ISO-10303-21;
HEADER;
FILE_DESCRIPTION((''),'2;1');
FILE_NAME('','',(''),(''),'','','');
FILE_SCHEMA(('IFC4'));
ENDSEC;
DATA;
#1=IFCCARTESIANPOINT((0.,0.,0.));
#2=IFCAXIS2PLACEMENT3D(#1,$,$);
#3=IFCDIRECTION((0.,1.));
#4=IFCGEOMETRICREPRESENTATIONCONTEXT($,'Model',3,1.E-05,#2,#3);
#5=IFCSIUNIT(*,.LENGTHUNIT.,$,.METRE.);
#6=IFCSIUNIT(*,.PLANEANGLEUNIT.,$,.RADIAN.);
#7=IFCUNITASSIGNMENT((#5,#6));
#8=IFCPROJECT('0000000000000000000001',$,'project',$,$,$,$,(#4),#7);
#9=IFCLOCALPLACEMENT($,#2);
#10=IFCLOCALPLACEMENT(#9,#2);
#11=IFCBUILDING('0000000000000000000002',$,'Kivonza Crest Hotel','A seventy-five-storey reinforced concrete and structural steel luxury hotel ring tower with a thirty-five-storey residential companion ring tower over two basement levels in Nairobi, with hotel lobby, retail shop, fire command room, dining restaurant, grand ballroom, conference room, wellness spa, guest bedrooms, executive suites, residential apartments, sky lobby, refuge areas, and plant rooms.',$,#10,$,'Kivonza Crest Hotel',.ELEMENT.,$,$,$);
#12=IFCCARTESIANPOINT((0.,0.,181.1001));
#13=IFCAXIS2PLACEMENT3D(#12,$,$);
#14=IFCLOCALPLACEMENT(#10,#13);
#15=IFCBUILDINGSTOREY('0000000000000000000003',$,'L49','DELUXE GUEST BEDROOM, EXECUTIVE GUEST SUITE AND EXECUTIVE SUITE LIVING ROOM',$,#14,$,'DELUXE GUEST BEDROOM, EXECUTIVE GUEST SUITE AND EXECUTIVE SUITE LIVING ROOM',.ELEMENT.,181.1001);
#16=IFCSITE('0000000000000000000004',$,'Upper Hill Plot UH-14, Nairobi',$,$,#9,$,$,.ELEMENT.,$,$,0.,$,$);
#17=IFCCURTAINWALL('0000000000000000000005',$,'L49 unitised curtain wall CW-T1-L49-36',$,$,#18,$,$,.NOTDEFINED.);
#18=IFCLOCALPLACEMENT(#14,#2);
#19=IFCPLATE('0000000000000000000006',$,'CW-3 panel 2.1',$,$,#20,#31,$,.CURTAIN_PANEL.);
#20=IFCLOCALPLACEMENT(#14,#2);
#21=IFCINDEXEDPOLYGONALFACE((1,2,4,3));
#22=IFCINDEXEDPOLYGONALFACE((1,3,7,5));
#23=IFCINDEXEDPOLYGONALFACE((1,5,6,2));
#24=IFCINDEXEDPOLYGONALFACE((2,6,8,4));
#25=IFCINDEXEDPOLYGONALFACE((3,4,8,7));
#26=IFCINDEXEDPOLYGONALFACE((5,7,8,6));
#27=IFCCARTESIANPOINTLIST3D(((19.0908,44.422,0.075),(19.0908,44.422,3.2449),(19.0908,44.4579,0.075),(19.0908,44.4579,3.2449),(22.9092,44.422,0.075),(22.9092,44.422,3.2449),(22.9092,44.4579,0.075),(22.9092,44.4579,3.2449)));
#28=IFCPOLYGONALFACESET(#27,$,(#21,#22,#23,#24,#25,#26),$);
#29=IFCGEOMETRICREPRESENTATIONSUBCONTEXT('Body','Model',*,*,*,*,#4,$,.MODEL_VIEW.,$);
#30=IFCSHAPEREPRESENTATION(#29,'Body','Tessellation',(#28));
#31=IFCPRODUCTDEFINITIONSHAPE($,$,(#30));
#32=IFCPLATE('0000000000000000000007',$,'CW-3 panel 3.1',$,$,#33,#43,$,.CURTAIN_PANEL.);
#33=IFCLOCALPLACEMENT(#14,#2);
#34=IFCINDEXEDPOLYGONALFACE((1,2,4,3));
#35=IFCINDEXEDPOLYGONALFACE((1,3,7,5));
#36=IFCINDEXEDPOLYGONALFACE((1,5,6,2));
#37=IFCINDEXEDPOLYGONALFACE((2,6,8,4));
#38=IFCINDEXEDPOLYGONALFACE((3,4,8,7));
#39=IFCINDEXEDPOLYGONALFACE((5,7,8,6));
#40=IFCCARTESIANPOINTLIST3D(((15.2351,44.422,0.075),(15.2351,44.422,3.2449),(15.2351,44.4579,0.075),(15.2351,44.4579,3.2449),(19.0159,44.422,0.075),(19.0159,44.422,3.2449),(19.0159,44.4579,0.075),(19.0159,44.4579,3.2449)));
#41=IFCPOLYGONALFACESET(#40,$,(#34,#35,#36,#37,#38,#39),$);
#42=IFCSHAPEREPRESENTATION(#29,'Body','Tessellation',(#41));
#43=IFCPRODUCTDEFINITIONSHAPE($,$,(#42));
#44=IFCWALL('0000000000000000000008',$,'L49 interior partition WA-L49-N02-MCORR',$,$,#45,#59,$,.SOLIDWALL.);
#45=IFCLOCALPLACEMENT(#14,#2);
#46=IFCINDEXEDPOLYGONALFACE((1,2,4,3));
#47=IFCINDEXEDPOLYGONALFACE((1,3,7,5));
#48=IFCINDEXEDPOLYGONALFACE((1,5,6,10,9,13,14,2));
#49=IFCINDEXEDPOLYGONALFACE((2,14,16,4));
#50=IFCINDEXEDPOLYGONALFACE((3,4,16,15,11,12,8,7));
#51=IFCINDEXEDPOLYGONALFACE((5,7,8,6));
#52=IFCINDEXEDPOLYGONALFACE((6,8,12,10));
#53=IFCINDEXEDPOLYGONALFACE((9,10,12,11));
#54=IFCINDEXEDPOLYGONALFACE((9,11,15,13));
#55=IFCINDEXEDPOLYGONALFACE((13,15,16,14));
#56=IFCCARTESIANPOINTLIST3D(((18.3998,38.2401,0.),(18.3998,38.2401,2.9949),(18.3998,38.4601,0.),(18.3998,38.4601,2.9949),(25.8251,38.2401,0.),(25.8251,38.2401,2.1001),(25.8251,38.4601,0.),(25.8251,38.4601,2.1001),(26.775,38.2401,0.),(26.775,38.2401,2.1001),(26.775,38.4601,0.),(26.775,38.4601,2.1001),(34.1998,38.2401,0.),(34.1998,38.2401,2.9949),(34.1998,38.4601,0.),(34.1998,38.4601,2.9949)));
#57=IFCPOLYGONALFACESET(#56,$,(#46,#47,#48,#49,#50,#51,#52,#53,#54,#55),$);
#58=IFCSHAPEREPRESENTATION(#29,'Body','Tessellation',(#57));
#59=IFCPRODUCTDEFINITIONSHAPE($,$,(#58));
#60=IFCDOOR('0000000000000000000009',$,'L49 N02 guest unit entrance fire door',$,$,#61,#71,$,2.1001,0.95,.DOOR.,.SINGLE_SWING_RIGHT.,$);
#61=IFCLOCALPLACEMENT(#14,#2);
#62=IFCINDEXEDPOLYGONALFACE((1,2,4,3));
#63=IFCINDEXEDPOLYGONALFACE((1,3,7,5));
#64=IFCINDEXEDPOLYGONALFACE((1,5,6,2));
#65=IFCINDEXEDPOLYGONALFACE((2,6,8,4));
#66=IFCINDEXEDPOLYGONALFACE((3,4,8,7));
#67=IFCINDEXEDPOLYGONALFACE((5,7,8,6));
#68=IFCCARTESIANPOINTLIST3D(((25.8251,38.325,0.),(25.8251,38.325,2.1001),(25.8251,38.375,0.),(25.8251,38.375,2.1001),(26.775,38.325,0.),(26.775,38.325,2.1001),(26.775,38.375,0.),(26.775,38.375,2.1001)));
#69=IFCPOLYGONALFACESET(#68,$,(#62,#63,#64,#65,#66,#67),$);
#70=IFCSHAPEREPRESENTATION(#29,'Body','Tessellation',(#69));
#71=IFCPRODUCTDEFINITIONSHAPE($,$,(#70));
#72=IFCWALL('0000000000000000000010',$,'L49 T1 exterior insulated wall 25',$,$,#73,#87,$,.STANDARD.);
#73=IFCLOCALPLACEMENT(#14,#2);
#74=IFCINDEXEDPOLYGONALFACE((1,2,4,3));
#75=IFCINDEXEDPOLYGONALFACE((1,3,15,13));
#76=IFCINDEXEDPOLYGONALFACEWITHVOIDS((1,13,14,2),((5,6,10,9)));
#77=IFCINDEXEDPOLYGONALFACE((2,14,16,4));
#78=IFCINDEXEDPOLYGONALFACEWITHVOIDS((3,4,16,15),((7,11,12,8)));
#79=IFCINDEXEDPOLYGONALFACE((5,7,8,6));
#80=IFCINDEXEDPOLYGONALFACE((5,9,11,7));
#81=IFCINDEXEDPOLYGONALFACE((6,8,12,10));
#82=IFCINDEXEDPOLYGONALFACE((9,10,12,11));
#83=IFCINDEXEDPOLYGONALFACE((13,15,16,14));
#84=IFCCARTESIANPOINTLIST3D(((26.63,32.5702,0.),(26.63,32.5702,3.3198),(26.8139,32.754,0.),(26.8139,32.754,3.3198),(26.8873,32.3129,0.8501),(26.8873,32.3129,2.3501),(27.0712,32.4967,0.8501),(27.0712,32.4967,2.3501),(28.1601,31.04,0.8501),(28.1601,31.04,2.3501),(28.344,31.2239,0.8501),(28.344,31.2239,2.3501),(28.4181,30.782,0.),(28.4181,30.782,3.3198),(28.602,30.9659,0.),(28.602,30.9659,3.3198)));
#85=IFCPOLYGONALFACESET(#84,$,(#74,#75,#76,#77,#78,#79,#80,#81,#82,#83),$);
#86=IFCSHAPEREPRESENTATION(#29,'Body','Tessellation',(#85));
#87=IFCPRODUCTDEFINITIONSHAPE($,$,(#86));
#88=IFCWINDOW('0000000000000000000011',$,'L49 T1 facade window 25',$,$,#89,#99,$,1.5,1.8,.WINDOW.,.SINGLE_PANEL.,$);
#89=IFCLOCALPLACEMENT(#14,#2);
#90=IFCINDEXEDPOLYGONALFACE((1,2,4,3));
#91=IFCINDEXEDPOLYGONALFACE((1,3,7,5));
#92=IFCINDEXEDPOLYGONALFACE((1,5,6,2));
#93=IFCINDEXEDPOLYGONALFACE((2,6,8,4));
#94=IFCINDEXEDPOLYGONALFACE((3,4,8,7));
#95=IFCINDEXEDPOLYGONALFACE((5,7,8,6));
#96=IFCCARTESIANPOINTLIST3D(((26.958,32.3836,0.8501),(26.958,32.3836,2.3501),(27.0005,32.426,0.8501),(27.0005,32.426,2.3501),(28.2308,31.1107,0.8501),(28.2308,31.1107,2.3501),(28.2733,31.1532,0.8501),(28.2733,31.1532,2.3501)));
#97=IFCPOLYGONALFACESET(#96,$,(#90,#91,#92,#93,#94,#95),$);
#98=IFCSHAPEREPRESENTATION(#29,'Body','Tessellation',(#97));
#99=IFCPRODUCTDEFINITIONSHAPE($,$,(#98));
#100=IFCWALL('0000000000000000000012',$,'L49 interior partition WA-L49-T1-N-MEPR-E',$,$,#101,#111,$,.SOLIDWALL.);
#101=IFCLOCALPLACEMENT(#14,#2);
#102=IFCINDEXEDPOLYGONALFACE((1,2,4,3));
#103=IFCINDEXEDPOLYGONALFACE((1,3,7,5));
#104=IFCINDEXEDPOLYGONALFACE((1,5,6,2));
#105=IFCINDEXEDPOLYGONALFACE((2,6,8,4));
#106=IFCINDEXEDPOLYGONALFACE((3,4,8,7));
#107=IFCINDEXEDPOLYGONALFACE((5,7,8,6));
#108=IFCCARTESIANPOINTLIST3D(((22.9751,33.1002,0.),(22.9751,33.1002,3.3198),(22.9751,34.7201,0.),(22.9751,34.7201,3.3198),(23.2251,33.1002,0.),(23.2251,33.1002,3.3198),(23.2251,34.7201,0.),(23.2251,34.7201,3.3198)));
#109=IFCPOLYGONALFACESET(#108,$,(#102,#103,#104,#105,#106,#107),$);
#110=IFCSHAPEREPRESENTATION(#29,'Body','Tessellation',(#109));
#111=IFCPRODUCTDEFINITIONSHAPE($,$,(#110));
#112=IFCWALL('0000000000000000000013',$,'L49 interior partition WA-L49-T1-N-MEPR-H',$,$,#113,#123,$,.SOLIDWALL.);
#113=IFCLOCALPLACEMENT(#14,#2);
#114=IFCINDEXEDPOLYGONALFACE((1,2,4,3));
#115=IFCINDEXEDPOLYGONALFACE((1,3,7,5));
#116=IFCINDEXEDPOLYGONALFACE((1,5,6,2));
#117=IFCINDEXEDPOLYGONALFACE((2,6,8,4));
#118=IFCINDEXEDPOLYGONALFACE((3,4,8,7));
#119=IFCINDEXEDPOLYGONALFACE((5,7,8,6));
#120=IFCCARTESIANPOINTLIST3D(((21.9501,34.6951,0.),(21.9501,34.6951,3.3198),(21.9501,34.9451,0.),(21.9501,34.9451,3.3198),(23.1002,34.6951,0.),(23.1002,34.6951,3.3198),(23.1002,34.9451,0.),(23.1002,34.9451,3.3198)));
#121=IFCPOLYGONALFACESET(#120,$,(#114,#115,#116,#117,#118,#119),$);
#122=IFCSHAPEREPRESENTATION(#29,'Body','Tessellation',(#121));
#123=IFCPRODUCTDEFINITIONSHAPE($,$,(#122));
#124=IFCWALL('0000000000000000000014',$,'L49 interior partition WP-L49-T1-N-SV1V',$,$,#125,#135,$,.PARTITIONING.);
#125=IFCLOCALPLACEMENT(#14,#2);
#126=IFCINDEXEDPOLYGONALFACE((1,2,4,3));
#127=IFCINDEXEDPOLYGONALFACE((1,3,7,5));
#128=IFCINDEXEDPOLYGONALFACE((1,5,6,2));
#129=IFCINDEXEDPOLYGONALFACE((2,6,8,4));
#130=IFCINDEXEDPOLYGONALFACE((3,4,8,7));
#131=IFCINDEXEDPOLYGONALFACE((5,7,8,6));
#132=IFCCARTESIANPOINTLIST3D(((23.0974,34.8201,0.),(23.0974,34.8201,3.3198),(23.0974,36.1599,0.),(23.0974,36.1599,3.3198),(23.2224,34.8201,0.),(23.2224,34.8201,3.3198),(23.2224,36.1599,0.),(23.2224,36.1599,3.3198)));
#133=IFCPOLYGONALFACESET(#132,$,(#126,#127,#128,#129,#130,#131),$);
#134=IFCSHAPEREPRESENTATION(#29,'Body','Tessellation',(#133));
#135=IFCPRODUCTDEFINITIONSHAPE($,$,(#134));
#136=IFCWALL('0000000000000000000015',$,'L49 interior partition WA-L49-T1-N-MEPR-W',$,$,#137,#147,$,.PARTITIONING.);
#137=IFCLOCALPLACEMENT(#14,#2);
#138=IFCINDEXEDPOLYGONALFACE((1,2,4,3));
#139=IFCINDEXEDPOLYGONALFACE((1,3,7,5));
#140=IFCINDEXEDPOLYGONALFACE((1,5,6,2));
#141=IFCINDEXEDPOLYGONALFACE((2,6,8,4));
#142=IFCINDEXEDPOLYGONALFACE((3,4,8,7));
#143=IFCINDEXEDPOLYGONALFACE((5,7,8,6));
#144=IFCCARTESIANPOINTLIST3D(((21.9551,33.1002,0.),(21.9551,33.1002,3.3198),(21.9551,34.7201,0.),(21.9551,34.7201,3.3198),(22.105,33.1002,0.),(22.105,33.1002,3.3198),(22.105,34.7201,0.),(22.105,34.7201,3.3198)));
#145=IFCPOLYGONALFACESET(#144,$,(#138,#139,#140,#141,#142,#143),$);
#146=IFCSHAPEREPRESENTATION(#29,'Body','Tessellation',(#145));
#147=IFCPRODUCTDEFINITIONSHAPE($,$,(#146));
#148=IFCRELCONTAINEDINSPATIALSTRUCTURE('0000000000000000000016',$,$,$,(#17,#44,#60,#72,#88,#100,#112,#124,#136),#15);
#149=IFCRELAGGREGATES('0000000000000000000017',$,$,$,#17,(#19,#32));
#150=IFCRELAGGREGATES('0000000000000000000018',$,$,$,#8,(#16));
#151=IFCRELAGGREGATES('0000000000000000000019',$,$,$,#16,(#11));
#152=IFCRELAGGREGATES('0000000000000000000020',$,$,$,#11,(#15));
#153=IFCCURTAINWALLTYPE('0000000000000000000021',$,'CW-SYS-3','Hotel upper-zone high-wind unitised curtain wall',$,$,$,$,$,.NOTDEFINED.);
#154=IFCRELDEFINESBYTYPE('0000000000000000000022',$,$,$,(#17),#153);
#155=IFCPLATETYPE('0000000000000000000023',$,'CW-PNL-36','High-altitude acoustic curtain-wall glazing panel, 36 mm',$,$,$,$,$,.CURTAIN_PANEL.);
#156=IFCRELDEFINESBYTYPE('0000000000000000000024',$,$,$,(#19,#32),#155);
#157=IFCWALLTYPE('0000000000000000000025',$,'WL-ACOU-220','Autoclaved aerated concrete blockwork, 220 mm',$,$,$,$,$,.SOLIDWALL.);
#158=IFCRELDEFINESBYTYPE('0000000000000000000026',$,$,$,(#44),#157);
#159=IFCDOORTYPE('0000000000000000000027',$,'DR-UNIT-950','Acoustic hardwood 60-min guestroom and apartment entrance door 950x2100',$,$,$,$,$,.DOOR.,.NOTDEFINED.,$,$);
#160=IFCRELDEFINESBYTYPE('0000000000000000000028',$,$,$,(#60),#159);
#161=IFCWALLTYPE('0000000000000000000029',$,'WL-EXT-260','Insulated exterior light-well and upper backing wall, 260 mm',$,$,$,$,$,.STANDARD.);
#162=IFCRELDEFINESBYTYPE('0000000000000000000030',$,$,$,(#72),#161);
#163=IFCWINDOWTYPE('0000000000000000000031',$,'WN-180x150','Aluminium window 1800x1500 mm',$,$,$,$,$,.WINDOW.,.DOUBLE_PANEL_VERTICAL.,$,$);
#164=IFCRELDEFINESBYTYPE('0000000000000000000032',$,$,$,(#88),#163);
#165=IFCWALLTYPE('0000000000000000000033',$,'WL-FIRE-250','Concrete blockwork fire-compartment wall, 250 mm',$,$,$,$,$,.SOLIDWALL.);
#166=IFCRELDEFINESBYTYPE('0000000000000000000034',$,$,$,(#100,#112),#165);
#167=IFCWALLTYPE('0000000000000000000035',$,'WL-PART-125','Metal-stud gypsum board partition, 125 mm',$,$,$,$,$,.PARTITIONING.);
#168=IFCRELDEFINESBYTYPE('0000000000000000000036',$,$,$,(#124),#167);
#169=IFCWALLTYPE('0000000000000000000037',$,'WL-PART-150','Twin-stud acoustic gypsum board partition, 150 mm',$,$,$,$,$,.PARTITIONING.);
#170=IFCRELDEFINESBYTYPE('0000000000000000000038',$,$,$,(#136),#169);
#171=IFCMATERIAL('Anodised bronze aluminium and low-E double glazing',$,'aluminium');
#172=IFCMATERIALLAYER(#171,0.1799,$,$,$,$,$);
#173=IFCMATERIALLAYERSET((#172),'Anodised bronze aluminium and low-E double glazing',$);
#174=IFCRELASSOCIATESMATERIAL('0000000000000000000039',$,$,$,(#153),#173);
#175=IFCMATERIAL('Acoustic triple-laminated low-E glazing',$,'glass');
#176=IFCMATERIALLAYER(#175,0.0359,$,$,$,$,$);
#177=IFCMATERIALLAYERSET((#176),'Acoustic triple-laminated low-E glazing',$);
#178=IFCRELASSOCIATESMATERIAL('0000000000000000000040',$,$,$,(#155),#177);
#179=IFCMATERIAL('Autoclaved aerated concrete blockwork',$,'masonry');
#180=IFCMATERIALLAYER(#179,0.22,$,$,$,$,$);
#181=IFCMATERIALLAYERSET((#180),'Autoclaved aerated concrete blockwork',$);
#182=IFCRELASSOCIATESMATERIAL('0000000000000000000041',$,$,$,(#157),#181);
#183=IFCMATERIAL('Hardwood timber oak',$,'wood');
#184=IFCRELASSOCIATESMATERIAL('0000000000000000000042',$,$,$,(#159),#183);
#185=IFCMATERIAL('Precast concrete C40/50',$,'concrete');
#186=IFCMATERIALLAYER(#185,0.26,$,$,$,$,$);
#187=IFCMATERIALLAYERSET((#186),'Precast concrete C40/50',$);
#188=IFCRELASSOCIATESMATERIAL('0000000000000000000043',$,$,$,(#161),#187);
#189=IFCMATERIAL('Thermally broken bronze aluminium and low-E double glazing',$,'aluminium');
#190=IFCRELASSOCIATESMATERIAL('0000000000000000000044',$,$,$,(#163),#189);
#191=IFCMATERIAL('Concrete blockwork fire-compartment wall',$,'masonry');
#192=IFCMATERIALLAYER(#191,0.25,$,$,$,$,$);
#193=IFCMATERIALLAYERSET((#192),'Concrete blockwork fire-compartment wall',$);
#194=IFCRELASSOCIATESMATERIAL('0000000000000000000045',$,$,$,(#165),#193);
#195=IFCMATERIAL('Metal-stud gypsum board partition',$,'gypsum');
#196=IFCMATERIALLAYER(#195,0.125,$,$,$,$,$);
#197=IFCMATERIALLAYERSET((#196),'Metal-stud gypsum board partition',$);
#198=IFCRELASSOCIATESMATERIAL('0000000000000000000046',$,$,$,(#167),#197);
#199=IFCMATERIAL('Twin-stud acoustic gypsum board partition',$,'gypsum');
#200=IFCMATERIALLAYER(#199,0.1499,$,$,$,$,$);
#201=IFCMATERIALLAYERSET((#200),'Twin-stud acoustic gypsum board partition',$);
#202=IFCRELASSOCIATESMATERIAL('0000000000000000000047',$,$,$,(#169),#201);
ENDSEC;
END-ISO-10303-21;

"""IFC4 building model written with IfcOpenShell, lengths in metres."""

from ifc_helpers import new_model, si_unit, direction, frame, frame_2d, origin, origin_2d, place, context, subcontext, project, spatial, rectangle, extrude, material, layer, layer_set, type_object, element, fill, aggregate, save


model = new_model("IFC4")

# Units and contexts
model_context = context("Model", 3, precision=1e-05, world=origin(), true_north=direction((0.0, 1.0)))
body_context = subcontext(model_context, "Body", "Model", "MODEL_VIEW")
ifc_project = project(units=[si_unit("LENGTHUNIT", "METRE"), si_unit("PLANEANGLEUNIT", "RADIAN")], contexts=[model_context])

# Site, building, storey
site_placement = place(None, origin())
site = spatial("IfcSite", under=ifc_project, at=site_placement, Name="Upper Hill Plot UH-14, Nairobi", CompositionType="ELEMENT", RefElevation=0.0)
building_placement = place(site_placement, origin())
building = spatial("IfcBuilding", under=site, at=building_placement, Name="Kivonza Crest Hotel", Description="A seventy-five-storey reinforced concrete and structural steel luxury hotel ring tower with a thirty-five-storey residential companion ring tower over two basement levels in Nairobi, with hotel lobby, retail shop, fire command room, dining restaurant, grand ballroom, conference room, wellness spa, guest bedrooms, executive suites, residential apartments, sky lobby, refuge areas, and plant rooms.", LongName="Kivonza Crest Hotel", CompositionType="ELEMENT")
storey_placement = place(building_placement, frame((0.0, 0.0, 181.1001)))
storey = spatial("IfcBuildingStorey", under=building, at=storey_placement, Name="L49", Description="DELUXE GUEST BEDROOM, EXECUTIVE GUEST SUITE AND EXECUTIVE SUITE LIVING ROOM", LongName="DELUXE GUEST BEDROOM, EXECUTIVE GUEST SUITE AND EXECUTIVE SUITE LIVING ROOM", CompositionType="ELEMENT", Elevation=181.1001)

# Curtain wall, plates
ifc_material_1 = material(Name="Anodised bronze aluminium and low-E double glazing", Category="aluminium")
ifc_layer_1 = layer(ifc_material_1, 0.1799)
ifc_layer_set_1 = layer_set([ifc_layer_1], Name="Anodised bronze aluminium and low-E double glazing")
curtain_wall_type = type_object("IfcCurtainWallType", Name="CW-SYS-3", Description="Hotel upper-zone high-wind unitised curtain wall", PredefinedType="NOTDEFINED", material=ifc_layer_set_1)
curtain_wall_placement = place(storey_placement, origin())
curtain_wall = element("IfcCurtainWall", 1, at=curtain_wall_placement, inside=storey, type_object=curtain_wall_type, Name="L49 unitised curtain wall CW-T1-L49-36", PredefinedType="NOTDEFINED")
ifc_material_2 = material(Name="Acoustic triple-laminated low-E glazing", Category="glass")
ifc_layer_2 = layer(ifc_material_2, 0.0359)
ifc_layer_set_2 = layer_set([ifc_layer_2], Name="Acoustic triple-laminated low-E glazing")
plate_type = type_object("IfcPlateType", Name="CW-PNL-36", Description="High-altitude acoustic curtain-wall glazing panel, 36 mm", PredefinedType="CURTAIN_PANEL", material=ifc_layer_set_2)
plate_1_placement = place(storey_placement, frame((21.0, 44.4399, 0.075), z_axis=(0.0, 0.0, 1.0), x_axis=(-1.0, 0.0, 0.0)))
plate_1 = element("IfcPlate", 2, at=plate_1_placement, type_object=plate_type, Name="CW-3 panel 2.1", PredefinedType="CURTAIN_PANEL", context=body_context, shape_type="SweptSolid", body=[
    extrude(rectangle(XDim=3.8184, YDim=0.0359, at=origin_2d()), origin(), (0.0, 0.0, 1.0), 3.1699),
])
plate_2_placement = place(storey_placement, frame((17.1255, 44.4399, 0.075), z_axis=(0.0, 0.0, 1.0), x_axis=(-1.0, 0.0, 0.0)))
plate_2 = element("IfcPlate", 3, at=plate_2_placement, type_object=plate_type, Name="CW-3 panel 3.1", PredefinedType="CURTAIN_PANEL", context=body_context, shape_type="SweptSolid", body=[
    extrude(rectangle(XDim=3.7808, YDim=0.0359, at=origin_2d()), origin(), (0.0, 0.0, 1.0), 3.1699),
])
aggregate(curtain_wall, [plate_1, plate_2])

# Wall, opening, door
ifc_material_3 = material(Name="Autoclaved aerated concrete blockwork", Category="masonry")
ifc_layer_3 = layer(ifc_material_3, 0.22)
ifc_layer_set_3 = layer_set([ifc_layer_3], Name="Autoclaved aerated concrete blockwork")
wall_type_1 = type_object("IfcWallType", Name="WL-ACOU-220", Description="Autoclaved aerated concrete blockwork, 220 mm", PredefinedType="SOLIDWALL", material=ifc_layer_set_3)
wall_1_placement = place(storey_placement, frame((18.3999, 38.3501, 0.0), z_axis=(0.0, 0.0, 1.0), x_axis=(1.0, 0.0, 0.0)))
wall_1 = element("IfcWall", 4, at=wall_1_placement, inside=storey, type_object=wall_type_1, Name="L49 interior partition WA-L49-N02-MCORR", PredefinedType="SOLIDWALL", context=body_context, shape_type="SweptSolid", body=[
    extrude(rectangle(XDim=15.8, YDim=0.22, at=frame_2d((7.8999, 0.0))), origin(), (0.0, 0.0, 1.0), 2.9949),
])
opening_1_placement = place(wall_1_placement, frame((7.425, 0.0, 0.0)))
opening_1 = element("IfcOpeningElement", 5, at=opening_1_placement, cuts=wall_1, PredefinedType="OPENING", context=body_context, shape_type="SweptSolid", body=[
    extrude(rectangle(XDim=0.95, YDim=2.1001, at=frame_2d((0.4751, 1.05))), frame((0.0, 0.1201, 0.0), z_axis=(0.0, -1.0, 0.0), x_axis=(1.0, 0.0, 0.0)), (0.0, 0.0, 1.0), 0.24),
])
ifc_material_4 = material(Name="Hardwood timber oak", Category="wood")
door_type_1 = type_object("IfcDoorType", Name="DR-UNIT-950", Description="Acoustic hardwood 60-min guestroom and apartment entrance door 950x2100", OperationType="NOTDEFINED", PredefinedType="DOOR", material=ifc_material_4)
door_1_placement = place(opening_1_placement, origin())
door_1 = element("IfcDoor", 6, at=door_1_placement, inside=storey, type_object=door_type_1, Name="L49 N02 guest unit entrance fire door", OperationType="SINGLE_SWING_RIGHT", OverallHeight=2.1001, OverallWidth=0.95, PredefinedType="DOOR", context=body_context, shape_type="SweptSolid", body=[
    extrude(rectangle(XDim=0.95, YDim=2.1001, at=frame_2d((0.4751, 1.05))), frame((0.0, 0.0249, 0.0), z_axis=(0.0, -1.0, 0.0), x_axis=(1.0, 0.0, 0.0)), (0.0, 0.0, 1.0), 0.05),
])
fill(opening_1, door_1)

# Wall, opening, window
ifc_material_5 = material(Name="Precast concrete C40/50", Category="concrete")
ifc_layer_4 = layer(ifc_material_5, 0.26)
ifc_layer_set_4 = layer_set([ifc_layer_4], Name="Precast concrete C40/50")
wall_type_2 = type_object("IfcWallType", Name="WL-EXT-260", Description="Insulated exterior light-well and upper backing wall, 260 mm", PredefinedType="STANDARD", material=ifc_layer_set_4)
wall_2_placement = place(storey_placement, frame((26.7219, 32.6621, 0.0), z_axis=(0.0, 0.0, 1.0), x_axis=(0.707107, -0.707107, 0.0)))
wall_2 = element("IfcWall", 7, at=wall_2_placement, inside=storey, type_object=wall_type_2, Name="L49 T1 exterior insulated wall 25", PredefinedType="STANDARD", context=body_context, shape_type="SweptSolid", body=[
    extrude(rectangle(XDim=2.5288, YDim=0.26, at=frame_2d((1.2644, 0.0))), origin(), (0.0, 0.0, 1.0), 3.3198),
])
opening_2_placement = place(wall_2_placement, frame((0.364, 0.0, 0.8501)))
opening_2 = element("IfcOpeningElement", 8, at=opening_2_placement, cuts=wall_2, PredefinedType="OPENING", context=body_context, shape_type="SweptSolid", body=[
    extrude(rectangle(XDim=1.8, YDim=1.5, at=frame_2d((0.8999, 0.75))), frame((0.0, 0.1401, 0.0), z_axis=(0.0, -1.0, 0.0), x_axis=(1.0, 0.0, 0.0)), (0.0, 0.0, 1.0), 0.28),
])
ifc_material_6 = material(Name="Thermally broken bronze aluminium and low-E double glazing", Category="aluminium")
window_type = type_object("IfcWindowType", Name="WN-180x150", Description="Aluminium window 1800x1500 mm", PartitioningType="DOUBLE_PANEL_VERTICAL", PredefinedType="WINDOW", material=ifc_material_6)
window_placement = place(opening_2_placement, origin())
window = element("IfcWindow", 9, at=window_placement, inside=storey, type_object=window_type, Name="L49 T1 facade window 25", OverallHeight=1.5, OverallWidth=1.8, PartitioningType="SINGLE_PANEL", PredefinedType="WINDOW", context=body_context, shape_type="SweptSolid", body=[
    extrude(rectangle(XDim=1.8, YDim=1.5, at=frame_2d((0.8999, 0.75))), frame((0.0, 0.03, 0.0), z_axis=(0.0, -1.0, 0.0), x_axis=(1.0, 0.0, 0.0)), (0.0, 0.0, 1.0), 0.0601),
])
fill(opening_2, window)

# Walls
ifc_material_7 = material(Name="Concrete blockwork fire-compartment wall", Category="masonry")
ifc_layer_5 = layer(ifc_material_7, 0.25)
ifc_layer_set_5 = layer_set([ifc_layer_5], Name="Concrete blockwork fire-compartment wall")
wall_type_3 = type_object("IfcWallType", Name="WL-FIRE-250", Description="Concrete blockwork fire-compartment wall, 250 mm", PredefinedType="SOLIDWALL", material=ifc_layer_set_5)
wall_3_placement = place(storey_placement, frame((23.1001, 33.1001, 0.0), z_axis=(0.0, 0.0, 1.0), x_axis=(0.0, 1.0, 0.0)))
element("IfcWall", 10, at=wall_3_placement, inside=storey, type_object=wall_type_3, Name="L49 interior partition WA-L49-T1-N-MEPR-E", PredefinedType="SOLIDWALL", context=body_context, shape_type="SweptSolid", body=[
    extrude(rectangle(XDim=1.6199, YDim=0.25, at=frame_2d((0.8101, 0.0))), origin(), (0.0, 0.0, 1.0), 3.3198),
])
wall_4_placement = place(storey_placement, frame((21.95, 34.8201, 0.0), z_axis=(0.0, 0.0, 1.0), x_axis=(1.0, 0.0, 0.0)))
element("IfcWall", 11, at=wall_4_placement, inside=storey, type_object=wall_type_3, Name="L49 interior partition WA-L49-T1-N-MEPR-H", PredefinedType="SOLIDWALL", context=body_context, shape_type="SweptSolid", body=[
    extrude(rectangle(XDim=1.1501, YDim=0.25, at=frame_2d((0.5752, 0.0))), origin(), (0.0, 0.0, 1.0), 3.3198),
])
ifc_material_8 = material(Name="Metal-stud gypsum board partition", Category="gypsum")
ifc_layer_6 = layer(ifc_material_8, 0.125)
ifc_layer_set_6 = layer_set([ifc_layer_6], Name="Metal-stud gypsum board partition")
wall_type_4 = type_object("IfcWallType", Name="WL-PART-125", Description="Metal-stud gypsum board partition, 125 mm", PredefinedType="PARTITIONING", material=ifc_layer_set_6)
wall_5_placement = place(storey_placement, frame((23.1599, 34.8201, 0.0), z_axis=(0.0, 0.0, 1.0), x_axis=(0.0, 1.0, 0.0)))
element("IfcWall", 12, at=wall_5_placement, inside=storey, type_object=wall_type_4, Name="L49 interior partition WP-L49-T1-N-SV1V", PredefinedType="PARTITIONING", context=body_context, shape_type="SweptSolid", body=[
    extrude(rectangle(XDim=1.3398, YDim=0.125, at=frame_2d((0.6699, 0.0))), origin(), (0.0, 0.0, 1.0), 3.3198),
])
ifc_material_9 = material(Name="Twin-stud acoustic gypsum board partition", Category="gypsum")
ifc_layer_7 = layer(ifc_material_9, 0.1499)
ifc_layer_set_7 = layer_set([ifc_layer_7], Name="Twin-stud acoustic gypsum board partition")
wall_type_5 = type_object("IfcWallType", Name="WL-PART-150", Description="Twin-stud acoustic gypsum board partition, 150 mm", PredefinedType="PARTITIONING", material=ifc_layer_set_7)
wall_6_placement = place(storey_placement, frame((22.03, 33.1001, 0.0), z_axis=(0.0, 0.0, 1.0), x_axis=(0.0, 1.0, 0.0)))
element("IfcWall", 13, at=wall_6_placement, inside=storey, type_object=wall_type_5, Name="L49 interior partition WA-L49-T1-N-MEPR-W", PredefinedType="PARTITIONING", context=body_context, shape_type="SweptSolid", body=[
    extrude(rectangle(XDim=1.6199, YDim=0.1499, at=frame_2d((0.8101, 0.0))), origin(), (0.0, 0.0, 1.0), 3.3198),
])

save(model, "model.ifc")
